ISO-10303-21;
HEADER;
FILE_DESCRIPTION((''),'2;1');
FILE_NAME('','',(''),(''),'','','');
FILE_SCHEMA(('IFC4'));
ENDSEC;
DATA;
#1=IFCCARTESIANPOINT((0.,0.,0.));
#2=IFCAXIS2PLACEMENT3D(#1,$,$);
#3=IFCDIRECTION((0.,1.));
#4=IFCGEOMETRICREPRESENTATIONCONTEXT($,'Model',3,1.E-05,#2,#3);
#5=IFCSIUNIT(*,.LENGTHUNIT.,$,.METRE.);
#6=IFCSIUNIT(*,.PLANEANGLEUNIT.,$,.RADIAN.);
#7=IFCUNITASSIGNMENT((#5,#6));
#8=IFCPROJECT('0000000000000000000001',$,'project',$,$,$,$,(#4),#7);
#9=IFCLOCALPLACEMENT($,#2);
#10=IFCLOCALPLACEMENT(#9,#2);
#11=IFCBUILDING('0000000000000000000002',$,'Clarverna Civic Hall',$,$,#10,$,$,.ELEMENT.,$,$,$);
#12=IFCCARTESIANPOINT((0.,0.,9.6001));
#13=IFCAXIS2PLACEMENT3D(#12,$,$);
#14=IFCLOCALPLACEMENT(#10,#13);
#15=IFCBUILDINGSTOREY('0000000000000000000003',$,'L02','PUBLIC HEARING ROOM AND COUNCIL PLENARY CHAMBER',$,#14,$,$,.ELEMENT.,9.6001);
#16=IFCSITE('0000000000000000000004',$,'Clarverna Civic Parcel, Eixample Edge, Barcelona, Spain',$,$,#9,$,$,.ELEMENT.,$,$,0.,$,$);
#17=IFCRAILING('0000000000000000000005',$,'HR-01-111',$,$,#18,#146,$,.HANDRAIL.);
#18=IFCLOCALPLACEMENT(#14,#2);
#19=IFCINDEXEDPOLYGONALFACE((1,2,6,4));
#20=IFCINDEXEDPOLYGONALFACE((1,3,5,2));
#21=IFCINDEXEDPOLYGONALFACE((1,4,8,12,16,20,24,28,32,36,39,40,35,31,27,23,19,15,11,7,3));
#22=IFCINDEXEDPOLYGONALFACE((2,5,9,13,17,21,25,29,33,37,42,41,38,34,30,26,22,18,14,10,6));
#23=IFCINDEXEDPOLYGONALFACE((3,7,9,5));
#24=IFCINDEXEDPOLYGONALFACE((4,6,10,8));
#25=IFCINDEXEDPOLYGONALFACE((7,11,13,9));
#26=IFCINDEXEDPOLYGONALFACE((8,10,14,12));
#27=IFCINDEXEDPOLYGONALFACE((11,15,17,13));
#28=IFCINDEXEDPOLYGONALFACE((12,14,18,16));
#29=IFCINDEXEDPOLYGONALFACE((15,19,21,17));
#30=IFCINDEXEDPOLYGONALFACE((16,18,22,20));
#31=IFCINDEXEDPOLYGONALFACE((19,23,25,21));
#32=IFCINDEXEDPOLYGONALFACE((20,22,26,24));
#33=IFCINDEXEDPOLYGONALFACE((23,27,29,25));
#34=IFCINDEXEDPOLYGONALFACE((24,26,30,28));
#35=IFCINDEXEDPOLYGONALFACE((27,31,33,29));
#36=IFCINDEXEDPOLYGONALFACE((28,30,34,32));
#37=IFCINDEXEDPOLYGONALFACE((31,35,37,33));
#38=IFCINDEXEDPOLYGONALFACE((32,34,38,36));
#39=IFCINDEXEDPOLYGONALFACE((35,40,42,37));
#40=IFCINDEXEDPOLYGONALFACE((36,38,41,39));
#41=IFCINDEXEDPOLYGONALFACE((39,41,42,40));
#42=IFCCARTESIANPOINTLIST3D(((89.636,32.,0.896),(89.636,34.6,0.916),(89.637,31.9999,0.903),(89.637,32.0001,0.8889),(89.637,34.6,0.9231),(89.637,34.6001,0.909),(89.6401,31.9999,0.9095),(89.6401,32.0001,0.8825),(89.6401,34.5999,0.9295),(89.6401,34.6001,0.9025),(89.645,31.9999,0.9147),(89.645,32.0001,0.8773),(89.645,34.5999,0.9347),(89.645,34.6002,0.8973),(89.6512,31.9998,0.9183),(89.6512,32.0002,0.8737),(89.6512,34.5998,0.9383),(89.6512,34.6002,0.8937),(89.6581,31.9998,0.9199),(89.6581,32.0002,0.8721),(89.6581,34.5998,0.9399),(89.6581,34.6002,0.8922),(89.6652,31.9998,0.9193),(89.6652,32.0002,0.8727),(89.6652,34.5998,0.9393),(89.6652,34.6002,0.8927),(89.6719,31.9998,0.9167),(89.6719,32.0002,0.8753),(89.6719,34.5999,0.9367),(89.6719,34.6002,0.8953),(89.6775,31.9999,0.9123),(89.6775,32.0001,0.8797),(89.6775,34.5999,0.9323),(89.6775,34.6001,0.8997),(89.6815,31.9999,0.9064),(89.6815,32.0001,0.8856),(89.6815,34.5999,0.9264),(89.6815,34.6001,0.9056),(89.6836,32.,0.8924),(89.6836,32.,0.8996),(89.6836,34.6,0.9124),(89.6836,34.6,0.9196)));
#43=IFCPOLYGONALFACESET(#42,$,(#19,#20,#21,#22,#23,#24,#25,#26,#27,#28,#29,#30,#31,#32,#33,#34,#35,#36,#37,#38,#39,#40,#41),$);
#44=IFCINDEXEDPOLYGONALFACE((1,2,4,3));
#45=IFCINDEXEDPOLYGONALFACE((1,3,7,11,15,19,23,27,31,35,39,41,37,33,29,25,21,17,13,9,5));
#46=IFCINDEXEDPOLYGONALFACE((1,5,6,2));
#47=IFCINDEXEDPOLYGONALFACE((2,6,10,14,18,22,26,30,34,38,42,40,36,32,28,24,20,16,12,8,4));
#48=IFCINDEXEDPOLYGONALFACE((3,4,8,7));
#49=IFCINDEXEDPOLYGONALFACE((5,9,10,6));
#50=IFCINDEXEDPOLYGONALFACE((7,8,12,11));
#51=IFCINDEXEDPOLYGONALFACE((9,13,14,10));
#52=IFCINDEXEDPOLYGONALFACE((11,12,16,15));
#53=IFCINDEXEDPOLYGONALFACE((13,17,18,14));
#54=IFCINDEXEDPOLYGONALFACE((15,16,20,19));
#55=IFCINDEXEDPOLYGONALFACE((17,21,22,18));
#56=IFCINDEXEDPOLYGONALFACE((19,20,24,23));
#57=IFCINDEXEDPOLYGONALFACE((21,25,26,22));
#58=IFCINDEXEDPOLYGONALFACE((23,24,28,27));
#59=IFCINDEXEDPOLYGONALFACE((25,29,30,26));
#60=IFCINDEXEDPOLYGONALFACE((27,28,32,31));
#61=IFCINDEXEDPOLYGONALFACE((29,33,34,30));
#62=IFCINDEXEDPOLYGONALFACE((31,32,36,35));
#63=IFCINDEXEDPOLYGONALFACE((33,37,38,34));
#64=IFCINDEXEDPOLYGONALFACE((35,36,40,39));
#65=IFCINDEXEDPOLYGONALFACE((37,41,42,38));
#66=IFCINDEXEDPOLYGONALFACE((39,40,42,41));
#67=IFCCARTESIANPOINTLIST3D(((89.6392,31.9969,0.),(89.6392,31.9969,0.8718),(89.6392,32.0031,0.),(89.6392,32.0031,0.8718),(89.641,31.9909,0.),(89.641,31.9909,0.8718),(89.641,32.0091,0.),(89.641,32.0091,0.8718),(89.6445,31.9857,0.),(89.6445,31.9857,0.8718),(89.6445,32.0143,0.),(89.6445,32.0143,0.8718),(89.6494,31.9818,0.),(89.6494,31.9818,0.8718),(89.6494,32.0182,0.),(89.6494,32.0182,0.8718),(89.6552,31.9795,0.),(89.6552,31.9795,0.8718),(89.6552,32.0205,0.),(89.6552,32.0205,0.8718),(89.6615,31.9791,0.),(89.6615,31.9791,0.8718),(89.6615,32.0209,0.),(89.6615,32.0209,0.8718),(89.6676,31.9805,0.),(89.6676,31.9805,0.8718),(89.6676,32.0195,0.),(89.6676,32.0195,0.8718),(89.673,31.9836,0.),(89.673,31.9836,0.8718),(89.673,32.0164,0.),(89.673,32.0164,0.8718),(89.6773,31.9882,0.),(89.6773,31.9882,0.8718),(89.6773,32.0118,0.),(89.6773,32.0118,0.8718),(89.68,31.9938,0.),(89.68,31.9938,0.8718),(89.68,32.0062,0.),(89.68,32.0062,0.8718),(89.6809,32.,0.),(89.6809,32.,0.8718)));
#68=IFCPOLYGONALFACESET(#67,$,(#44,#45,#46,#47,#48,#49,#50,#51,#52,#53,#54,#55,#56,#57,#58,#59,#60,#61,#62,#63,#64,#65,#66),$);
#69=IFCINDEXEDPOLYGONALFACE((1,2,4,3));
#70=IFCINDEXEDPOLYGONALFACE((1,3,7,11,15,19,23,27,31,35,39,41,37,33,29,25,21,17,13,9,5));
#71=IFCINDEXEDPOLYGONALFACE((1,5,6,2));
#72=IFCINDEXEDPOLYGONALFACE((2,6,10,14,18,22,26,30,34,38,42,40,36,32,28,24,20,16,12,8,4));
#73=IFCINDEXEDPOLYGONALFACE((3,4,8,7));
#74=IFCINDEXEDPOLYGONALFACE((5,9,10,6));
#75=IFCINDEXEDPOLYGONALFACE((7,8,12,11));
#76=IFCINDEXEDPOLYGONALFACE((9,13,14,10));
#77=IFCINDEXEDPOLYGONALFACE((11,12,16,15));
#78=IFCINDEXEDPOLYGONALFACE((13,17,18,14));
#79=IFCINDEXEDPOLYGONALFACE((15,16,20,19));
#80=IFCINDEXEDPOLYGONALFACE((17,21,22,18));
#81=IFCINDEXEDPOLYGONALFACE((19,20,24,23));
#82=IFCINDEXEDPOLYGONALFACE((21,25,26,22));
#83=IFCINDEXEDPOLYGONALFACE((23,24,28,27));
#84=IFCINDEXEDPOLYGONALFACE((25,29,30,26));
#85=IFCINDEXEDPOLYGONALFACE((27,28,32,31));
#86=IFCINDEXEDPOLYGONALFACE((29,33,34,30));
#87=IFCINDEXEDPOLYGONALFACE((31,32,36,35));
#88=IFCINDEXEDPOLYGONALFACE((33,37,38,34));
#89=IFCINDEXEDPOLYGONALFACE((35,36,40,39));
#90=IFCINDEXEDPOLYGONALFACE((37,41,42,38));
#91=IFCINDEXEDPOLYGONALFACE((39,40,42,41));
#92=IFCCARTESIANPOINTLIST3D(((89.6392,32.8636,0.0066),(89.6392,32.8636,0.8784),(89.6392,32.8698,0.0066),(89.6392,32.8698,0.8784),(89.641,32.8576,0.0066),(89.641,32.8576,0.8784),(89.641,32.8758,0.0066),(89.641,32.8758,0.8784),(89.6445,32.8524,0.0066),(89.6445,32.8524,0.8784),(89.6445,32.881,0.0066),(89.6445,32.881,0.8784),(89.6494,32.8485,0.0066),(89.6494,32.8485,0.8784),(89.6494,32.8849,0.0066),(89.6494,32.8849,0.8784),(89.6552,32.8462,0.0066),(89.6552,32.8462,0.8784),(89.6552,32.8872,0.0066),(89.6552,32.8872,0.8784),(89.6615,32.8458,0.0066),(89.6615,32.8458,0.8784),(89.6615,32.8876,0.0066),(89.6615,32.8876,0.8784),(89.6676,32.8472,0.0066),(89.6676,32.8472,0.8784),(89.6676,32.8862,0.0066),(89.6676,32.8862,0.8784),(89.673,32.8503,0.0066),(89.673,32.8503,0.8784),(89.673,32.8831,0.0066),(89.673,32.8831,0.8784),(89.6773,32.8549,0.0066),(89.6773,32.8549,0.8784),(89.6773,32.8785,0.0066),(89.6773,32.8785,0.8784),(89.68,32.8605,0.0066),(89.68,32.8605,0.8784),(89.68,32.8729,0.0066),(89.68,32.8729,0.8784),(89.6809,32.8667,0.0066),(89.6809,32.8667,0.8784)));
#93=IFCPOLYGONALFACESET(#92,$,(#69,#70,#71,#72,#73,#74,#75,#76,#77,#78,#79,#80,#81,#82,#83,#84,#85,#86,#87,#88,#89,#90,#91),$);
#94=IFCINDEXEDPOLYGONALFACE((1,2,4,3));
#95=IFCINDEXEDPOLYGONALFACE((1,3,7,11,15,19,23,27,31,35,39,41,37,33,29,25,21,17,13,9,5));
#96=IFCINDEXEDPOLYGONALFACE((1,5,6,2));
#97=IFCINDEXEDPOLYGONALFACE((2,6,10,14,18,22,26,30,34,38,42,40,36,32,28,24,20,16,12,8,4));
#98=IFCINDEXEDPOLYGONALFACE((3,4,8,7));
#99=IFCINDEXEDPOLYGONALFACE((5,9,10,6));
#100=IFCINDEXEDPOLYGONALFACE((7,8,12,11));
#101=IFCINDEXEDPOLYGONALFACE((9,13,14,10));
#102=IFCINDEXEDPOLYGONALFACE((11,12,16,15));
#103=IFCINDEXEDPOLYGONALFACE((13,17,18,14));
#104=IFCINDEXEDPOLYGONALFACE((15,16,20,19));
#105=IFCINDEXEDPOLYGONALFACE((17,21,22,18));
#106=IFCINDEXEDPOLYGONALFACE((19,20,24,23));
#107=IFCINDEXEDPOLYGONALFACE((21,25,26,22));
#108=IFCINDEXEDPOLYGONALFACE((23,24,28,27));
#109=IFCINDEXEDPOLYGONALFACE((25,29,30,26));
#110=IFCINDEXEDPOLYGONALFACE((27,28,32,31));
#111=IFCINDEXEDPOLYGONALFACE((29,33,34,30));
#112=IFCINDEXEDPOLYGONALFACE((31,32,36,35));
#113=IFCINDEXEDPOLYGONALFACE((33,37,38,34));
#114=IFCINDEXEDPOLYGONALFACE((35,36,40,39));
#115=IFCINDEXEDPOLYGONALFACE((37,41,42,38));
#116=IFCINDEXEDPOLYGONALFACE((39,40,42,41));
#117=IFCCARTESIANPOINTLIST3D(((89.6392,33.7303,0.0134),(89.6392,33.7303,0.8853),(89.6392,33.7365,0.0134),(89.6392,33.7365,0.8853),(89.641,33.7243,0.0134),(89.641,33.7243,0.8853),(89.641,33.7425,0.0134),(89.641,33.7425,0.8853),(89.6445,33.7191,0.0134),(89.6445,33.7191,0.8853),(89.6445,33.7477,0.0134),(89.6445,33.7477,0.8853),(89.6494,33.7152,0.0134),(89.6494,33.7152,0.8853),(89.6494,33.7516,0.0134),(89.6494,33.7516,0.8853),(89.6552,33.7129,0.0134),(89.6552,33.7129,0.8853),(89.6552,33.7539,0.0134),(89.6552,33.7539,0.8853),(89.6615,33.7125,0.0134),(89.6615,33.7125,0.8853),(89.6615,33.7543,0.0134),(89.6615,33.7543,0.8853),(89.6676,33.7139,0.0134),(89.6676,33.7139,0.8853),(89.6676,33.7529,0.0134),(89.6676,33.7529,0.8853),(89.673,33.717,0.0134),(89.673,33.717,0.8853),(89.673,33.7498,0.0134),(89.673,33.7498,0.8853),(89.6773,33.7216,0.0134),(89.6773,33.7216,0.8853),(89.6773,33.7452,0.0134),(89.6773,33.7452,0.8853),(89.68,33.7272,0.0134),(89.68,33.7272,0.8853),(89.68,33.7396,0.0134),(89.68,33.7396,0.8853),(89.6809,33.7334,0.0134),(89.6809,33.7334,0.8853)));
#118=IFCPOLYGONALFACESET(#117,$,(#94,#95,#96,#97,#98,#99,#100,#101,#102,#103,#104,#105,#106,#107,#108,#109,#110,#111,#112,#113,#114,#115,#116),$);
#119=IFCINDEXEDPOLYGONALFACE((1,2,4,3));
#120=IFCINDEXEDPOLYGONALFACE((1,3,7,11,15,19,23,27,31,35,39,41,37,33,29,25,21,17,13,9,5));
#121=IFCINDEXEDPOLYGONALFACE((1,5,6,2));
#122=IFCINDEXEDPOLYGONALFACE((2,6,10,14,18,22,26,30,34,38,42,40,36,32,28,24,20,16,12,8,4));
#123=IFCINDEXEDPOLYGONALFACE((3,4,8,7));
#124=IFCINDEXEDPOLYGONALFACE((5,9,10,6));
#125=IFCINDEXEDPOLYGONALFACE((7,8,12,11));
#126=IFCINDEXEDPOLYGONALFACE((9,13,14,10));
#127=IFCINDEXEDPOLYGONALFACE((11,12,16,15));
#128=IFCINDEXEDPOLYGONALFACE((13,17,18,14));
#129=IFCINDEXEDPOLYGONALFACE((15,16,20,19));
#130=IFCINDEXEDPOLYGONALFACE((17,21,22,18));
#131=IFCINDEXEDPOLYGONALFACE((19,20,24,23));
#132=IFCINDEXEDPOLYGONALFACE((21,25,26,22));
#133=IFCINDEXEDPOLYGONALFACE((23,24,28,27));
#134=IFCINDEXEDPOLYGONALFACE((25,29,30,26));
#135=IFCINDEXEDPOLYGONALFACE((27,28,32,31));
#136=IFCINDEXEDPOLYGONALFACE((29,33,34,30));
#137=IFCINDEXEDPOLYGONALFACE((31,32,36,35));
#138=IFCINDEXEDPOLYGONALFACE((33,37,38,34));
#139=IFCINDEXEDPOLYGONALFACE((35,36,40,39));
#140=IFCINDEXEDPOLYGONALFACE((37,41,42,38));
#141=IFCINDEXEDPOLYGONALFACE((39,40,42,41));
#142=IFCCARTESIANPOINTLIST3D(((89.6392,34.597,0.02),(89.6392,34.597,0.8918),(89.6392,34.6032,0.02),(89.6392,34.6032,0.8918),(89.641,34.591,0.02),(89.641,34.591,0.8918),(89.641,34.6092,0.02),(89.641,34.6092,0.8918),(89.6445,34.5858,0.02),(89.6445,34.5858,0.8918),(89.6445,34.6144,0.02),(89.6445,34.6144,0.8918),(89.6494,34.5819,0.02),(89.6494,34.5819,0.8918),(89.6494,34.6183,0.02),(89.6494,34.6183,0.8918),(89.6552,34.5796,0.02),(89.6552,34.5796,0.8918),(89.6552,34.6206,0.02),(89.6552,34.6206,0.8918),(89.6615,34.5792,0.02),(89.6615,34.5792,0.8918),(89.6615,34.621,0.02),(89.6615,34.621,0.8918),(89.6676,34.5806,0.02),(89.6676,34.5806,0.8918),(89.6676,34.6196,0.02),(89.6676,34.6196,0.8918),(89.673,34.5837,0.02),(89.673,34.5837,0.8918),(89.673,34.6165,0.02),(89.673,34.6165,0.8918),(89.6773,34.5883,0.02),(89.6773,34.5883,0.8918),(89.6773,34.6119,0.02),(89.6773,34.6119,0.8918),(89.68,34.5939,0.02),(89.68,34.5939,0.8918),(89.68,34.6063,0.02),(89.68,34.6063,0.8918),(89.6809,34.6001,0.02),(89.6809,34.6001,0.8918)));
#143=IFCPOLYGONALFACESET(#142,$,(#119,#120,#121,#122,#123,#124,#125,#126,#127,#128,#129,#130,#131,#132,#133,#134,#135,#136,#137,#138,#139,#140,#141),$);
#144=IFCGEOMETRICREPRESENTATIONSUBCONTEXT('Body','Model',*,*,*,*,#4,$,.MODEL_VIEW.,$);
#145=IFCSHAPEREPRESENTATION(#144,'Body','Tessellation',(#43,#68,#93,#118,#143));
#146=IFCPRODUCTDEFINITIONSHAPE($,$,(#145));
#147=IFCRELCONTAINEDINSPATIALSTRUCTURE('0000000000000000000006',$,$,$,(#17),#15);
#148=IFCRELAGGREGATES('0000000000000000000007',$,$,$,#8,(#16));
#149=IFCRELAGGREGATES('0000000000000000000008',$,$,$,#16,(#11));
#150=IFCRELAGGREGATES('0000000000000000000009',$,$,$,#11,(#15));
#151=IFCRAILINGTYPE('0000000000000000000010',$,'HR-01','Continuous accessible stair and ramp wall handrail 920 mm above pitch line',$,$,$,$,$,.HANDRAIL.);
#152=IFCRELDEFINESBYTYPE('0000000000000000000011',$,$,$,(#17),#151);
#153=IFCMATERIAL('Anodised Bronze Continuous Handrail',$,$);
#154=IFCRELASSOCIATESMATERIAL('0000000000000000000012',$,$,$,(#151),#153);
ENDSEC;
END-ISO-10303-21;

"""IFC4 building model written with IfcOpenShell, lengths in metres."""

from ifc_helpers import new_model, si_unit, direction, frame, origin, origin_2d, place, context, subcontext, project, spatial, circle, extrude, material, type_object, element, save


model = new_model("IFC4")

# Units and contexts
model_context = context("Model", 3, precision=1e-05, world=origin(), true_north=direction((0.0, 1.0)))
body_context = subcontext(model_context, "Body", "Model", "MODEL_VIEW")
ifc_project = project(units=[si_unit("LENGTHUNIT", "METRE"), si_unit("PLANEANGLEUNIT", "RADIAN")], contexts=[model_context])

# Site, building, storey
site_placement = place(None, origin())
site = spatial("IfcSite", under=ifc_project, at=site_placement, Name="Clarverna Civic Parcel, Eixample Edge, Barcelona, Spain", CompositionType="ELEMENT", RefElevation=0.0)
building_placement = place(site_placement, origin())
building = spatial("IfcBuilding", under=site, at=building_placement, Name="Clarverna Civic Hall", CompositionType="ELEMENT")
storey_placement = place(building_placement, frame((0.0, 0.0, 9.6001)))
storey = spatial("IfcBuildingStorey", under=building, at=storey_placement, Name="L02", Description="PUBLIC HEARING ROOM AND COUNCIL PLENARY CHAMBER", CompositionType="ELEMENT", Elevation=9.6001)

# Railing
ifc_material_1 = material(Name="Anodised Bronze Continuous Handrail")
railing_type = type_object("IfcRailingType", Name="HR-01", Description="Continuous accessible stair and ramp wall handrail 920 mm above pitch line", PredefinedType="HANDRAIL", material=ifc_material_1)
for number, where, name in (
    (1, (89.6599, 32.0, 0.0), "HR-01-111"),
):
    element("IfcRailing", number, at=place(storey_placement, frame(where)), inside=storey, type_object=railing_type, Name=name, PredefinedType="HANDRAIL", context=body_context, shape_type="SweptSolid", body=[
        extrude(circle(Radius=0.0239, at=origin_2d()), frame((0.0, 0.0, 0.896), z_axis=(0.0, 0.99997, 0.007699), x_axis=(-1.0, 0.0, 0.0)), (0.0, 0.0, 1.0), 2.6001),
        extrude(circle(Radius=0.021, at=origin_2d()), origin(), (0.0, 0.0, 1.0), 0.8718),
        extrude(circle(Radius=0.021, at=origin_2d()), frame((0.0, 0.8667, 0.0066)), (0.0, 0.0, 1.0), 0.8718),
        extrude(circle(Radius=0.021, at=origin_2d()), frame((0.0, 1.7334, 0.0134)), (0.0, 0.0, 1.0), 0.8718),
        extrude(circle(Radius=0.021, at=origin_2d()), frame((0.0, 2.6001, 0.02)), (0.0, 0.0, 1.0), 0.8718),
    ])

save(model, "model.ifc")
